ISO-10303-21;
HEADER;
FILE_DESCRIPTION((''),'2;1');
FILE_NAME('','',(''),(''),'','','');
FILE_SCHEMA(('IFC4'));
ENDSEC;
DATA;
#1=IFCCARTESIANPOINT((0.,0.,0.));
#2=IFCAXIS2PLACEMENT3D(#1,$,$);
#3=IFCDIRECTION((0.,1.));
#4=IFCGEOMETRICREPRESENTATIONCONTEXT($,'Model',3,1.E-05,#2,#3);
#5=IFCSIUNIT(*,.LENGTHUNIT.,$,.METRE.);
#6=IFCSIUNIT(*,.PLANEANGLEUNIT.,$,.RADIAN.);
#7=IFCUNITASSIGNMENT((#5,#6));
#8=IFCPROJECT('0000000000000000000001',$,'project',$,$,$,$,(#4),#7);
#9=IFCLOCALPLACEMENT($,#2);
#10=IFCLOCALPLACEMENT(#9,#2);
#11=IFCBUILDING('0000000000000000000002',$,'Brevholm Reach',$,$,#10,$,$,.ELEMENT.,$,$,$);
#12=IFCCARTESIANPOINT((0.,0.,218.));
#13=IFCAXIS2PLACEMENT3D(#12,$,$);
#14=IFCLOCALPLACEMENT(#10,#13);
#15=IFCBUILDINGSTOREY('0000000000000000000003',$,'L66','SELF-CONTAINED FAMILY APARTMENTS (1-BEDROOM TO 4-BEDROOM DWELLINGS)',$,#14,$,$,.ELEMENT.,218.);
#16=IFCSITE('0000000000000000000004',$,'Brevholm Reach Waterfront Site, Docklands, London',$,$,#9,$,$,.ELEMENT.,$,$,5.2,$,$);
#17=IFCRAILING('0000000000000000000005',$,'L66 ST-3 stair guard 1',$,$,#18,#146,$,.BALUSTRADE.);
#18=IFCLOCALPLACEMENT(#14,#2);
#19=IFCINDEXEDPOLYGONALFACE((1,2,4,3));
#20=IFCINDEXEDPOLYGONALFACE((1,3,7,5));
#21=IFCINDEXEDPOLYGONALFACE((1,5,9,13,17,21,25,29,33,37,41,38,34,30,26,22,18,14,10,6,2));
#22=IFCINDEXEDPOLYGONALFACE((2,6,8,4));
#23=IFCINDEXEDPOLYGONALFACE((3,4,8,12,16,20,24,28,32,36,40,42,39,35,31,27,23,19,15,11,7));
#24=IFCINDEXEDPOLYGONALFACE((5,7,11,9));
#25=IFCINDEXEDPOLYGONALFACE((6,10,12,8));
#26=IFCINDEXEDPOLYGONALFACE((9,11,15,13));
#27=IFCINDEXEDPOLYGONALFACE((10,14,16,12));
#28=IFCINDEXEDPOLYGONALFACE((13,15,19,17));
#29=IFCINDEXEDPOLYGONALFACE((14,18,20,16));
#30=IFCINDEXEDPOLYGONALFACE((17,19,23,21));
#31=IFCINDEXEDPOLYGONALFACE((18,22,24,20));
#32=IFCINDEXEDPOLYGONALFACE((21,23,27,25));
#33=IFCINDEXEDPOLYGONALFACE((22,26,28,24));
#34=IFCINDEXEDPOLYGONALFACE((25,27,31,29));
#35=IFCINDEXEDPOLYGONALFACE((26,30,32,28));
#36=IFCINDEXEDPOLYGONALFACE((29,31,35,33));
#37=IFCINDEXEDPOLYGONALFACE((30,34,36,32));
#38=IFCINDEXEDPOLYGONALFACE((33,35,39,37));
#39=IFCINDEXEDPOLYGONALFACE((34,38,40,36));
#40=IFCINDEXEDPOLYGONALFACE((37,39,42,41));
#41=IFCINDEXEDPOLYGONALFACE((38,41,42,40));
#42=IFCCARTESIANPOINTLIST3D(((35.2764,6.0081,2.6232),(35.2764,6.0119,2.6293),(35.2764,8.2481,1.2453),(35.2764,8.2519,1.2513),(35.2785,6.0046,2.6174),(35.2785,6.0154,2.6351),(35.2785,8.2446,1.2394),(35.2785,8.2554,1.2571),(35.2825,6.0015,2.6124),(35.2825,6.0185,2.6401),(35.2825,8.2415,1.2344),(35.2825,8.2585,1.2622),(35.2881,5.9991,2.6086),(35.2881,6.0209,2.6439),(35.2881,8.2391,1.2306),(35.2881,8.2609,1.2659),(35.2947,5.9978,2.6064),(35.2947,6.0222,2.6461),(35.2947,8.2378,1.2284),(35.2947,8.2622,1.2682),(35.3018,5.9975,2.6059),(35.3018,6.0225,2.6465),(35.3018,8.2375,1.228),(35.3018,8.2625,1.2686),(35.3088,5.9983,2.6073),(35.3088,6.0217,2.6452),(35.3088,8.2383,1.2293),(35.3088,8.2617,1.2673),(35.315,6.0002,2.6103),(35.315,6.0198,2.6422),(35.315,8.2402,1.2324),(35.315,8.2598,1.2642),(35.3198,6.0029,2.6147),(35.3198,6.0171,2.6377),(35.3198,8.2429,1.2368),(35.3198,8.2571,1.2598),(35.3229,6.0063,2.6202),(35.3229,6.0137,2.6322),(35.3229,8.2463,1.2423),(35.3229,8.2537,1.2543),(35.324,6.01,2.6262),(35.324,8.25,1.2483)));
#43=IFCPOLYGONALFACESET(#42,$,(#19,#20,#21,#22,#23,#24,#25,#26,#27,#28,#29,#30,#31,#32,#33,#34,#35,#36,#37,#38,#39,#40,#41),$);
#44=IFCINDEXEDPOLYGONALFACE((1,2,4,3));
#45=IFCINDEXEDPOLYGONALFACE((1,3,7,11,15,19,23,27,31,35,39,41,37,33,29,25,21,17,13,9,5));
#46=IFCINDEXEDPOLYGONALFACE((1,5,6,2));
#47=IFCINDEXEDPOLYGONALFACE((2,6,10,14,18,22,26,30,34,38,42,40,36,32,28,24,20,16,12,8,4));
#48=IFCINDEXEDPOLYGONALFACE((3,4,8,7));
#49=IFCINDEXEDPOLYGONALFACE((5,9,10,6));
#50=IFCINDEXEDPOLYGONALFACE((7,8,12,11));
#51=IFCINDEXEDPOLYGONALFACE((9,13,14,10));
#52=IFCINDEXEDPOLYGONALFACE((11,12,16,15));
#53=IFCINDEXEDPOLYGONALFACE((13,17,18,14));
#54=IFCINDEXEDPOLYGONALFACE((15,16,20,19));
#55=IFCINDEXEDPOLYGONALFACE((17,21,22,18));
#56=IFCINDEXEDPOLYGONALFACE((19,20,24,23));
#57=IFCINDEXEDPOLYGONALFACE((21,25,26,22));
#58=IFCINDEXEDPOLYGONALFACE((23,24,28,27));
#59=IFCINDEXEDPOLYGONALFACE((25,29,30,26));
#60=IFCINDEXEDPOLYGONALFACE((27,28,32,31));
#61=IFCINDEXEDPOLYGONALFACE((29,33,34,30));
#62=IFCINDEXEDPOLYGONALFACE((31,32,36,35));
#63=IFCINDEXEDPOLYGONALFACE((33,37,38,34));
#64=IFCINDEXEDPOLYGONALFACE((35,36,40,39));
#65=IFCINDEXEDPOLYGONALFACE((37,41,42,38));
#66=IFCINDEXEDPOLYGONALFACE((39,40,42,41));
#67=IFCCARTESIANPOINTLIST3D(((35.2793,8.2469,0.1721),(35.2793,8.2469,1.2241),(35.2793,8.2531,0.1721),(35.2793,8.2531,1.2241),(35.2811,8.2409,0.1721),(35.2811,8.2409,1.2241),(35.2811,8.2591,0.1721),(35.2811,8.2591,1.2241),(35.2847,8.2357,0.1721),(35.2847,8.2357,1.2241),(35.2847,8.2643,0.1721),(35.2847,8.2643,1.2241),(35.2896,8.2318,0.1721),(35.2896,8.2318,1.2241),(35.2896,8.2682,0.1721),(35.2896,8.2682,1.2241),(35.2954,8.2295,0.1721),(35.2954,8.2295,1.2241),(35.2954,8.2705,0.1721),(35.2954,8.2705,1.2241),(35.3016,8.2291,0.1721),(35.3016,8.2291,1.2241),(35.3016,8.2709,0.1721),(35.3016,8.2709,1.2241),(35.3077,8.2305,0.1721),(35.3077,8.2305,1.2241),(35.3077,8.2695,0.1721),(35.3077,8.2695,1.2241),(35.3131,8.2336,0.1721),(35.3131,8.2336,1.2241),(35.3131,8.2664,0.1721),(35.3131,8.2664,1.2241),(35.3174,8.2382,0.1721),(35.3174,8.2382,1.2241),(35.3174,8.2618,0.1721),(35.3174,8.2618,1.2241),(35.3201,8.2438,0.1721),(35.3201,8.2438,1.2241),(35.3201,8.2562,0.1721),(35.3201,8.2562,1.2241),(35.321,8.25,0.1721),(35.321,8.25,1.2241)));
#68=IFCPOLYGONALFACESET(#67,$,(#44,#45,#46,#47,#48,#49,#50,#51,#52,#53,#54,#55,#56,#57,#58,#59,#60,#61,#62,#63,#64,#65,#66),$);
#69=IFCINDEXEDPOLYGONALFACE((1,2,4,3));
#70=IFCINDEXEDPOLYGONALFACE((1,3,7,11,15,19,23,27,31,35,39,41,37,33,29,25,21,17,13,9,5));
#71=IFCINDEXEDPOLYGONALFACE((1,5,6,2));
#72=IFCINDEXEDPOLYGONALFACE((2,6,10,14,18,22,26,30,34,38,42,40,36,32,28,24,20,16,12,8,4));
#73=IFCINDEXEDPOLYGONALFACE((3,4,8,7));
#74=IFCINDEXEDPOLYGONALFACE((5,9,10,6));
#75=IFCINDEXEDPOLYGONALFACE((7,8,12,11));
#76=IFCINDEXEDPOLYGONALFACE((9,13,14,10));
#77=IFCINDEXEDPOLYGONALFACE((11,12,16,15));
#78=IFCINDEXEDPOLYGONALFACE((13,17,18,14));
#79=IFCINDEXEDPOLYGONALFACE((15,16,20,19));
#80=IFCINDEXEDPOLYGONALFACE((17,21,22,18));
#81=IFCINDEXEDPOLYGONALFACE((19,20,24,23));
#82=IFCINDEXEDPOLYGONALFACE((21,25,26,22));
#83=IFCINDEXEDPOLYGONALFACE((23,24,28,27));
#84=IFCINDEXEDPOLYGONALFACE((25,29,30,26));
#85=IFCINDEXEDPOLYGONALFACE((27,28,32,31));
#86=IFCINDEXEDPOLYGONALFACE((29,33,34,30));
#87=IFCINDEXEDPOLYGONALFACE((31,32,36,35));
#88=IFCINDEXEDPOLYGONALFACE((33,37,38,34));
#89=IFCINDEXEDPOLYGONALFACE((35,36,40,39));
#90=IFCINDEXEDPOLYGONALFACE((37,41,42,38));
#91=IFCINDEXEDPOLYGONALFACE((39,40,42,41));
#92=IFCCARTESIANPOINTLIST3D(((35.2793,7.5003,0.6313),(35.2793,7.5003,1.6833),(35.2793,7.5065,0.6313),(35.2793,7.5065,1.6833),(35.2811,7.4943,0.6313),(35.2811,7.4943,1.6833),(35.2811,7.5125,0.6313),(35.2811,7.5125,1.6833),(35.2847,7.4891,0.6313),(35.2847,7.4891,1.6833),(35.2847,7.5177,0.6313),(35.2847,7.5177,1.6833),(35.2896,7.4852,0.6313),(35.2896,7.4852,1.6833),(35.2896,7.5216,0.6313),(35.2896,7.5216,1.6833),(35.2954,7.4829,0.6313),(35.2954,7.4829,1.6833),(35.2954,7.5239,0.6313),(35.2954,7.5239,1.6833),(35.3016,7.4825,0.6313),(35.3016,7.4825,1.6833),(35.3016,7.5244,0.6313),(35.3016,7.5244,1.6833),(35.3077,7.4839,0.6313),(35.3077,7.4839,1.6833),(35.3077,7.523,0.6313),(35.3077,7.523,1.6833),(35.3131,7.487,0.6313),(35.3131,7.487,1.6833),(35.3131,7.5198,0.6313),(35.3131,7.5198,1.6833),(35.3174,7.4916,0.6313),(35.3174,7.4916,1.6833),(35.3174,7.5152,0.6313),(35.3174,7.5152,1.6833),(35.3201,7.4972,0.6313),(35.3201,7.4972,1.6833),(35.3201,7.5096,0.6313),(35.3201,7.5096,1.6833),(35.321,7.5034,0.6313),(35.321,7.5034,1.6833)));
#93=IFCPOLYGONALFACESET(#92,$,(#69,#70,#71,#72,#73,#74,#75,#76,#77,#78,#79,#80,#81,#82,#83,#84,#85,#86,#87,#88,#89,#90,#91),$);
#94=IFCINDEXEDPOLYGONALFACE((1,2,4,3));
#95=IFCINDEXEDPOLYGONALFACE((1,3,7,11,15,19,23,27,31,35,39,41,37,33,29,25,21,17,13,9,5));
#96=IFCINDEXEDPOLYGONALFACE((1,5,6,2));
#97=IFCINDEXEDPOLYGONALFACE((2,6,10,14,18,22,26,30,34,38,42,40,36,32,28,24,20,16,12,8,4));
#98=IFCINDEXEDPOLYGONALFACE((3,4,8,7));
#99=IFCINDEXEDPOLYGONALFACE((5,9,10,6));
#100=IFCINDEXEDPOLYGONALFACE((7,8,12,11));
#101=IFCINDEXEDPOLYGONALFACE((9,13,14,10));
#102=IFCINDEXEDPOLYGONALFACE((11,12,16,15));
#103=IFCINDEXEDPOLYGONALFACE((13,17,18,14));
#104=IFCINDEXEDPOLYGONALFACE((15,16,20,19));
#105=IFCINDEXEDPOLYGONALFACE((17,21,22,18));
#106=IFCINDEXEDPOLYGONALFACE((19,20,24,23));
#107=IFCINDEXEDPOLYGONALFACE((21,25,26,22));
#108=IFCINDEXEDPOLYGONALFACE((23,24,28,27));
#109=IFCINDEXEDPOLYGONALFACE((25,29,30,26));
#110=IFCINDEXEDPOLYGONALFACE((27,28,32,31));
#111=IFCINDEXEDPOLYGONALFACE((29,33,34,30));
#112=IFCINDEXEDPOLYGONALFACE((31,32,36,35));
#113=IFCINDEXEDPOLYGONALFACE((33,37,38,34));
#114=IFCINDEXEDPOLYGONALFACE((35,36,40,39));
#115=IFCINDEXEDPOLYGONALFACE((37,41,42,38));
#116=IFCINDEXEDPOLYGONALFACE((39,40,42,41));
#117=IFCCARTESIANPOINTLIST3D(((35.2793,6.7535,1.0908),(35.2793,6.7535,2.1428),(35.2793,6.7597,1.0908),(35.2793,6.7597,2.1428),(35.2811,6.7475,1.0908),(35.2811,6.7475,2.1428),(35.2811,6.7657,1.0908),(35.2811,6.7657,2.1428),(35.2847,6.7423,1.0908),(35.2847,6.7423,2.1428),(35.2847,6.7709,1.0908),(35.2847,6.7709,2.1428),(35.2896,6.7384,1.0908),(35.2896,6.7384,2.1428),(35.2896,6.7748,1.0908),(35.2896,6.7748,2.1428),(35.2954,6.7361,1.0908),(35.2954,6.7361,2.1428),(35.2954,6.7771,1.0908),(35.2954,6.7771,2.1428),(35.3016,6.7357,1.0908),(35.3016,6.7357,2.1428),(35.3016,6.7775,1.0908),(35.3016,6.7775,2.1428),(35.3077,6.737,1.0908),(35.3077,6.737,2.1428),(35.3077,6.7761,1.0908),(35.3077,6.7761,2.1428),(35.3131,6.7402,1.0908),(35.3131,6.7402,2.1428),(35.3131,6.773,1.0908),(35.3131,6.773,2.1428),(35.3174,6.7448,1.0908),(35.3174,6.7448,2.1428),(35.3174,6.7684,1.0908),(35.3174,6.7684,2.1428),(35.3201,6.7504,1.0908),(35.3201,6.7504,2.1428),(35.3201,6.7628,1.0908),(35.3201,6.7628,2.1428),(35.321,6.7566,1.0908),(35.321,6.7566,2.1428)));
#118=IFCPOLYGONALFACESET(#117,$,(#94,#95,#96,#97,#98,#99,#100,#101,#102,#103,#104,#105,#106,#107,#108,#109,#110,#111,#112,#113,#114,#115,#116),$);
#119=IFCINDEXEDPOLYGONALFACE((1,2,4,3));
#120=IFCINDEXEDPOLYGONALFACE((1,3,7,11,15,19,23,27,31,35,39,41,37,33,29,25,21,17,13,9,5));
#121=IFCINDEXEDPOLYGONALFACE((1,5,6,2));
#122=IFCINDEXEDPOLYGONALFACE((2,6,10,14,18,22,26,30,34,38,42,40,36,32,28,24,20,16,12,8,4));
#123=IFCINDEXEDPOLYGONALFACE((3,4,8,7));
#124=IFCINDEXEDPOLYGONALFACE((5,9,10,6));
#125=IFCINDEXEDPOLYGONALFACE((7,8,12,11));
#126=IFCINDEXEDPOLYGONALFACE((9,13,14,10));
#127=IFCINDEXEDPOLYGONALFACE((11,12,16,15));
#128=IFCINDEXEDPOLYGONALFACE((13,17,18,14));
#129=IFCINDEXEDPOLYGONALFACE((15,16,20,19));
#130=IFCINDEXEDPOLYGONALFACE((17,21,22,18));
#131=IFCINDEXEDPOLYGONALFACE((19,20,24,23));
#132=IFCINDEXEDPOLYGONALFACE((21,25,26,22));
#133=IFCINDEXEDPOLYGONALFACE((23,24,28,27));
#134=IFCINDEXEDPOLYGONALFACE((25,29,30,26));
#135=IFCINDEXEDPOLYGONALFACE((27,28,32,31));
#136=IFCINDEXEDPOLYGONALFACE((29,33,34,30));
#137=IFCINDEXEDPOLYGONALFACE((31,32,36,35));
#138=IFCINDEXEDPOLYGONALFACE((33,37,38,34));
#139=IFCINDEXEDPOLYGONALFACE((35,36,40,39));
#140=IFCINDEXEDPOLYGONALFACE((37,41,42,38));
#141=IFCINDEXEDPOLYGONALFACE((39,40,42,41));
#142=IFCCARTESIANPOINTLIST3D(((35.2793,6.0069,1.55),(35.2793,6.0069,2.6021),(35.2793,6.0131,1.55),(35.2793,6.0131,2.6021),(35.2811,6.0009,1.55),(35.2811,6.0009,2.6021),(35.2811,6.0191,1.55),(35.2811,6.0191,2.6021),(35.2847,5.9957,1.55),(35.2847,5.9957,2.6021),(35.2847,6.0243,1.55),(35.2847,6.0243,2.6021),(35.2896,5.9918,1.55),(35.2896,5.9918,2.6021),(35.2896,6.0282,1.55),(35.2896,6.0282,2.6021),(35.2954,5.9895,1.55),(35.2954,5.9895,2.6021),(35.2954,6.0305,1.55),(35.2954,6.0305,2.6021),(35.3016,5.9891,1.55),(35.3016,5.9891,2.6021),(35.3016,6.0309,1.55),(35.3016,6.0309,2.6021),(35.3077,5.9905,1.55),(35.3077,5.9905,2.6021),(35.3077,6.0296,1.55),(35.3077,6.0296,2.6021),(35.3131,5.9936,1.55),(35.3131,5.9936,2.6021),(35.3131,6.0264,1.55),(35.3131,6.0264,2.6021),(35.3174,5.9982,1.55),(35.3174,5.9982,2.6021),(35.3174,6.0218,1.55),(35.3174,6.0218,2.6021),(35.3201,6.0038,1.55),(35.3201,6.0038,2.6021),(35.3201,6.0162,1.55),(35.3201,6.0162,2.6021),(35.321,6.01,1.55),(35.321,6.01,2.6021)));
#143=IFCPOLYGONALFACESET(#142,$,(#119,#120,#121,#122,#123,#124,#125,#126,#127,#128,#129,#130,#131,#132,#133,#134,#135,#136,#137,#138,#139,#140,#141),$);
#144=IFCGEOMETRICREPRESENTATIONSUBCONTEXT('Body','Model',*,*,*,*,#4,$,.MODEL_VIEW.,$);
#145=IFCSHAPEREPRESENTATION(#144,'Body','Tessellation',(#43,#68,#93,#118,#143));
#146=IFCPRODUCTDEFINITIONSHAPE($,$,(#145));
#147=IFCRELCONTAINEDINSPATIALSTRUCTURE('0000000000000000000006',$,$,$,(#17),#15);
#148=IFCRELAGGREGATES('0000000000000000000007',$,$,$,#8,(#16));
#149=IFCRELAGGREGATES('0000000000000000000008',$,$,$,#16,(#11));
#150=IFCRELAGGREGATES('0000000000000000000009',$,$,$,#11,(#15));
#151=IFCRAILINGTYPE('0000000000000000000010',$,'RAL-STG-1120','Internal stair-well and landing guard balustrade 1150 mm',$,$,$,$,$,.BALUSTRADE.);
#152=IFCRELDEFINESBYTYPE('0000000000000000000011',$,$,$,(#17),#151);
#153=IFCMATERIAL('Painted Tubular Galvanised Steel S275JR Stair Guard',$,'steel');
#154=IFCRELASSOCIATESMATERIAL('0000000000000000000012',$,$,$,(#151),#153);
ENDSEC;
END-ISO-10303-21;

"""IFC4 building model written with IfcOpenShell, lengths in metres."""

from ifc_helpers import new_model, si_unit, direction, frame, origin, origin_2d, place, context, subcontext, project, spatial, circle, extrude, material, type_object, element, save


model = new_model("IFC4")

# Units and contexts
model_context = context("Model", 3, precision=1e-05, world=origin(), true_north=direction((0.0, 1.0)))
body_context = subcontext(model_context, "Body", "Model", "MODEL_VIEW")
ifc_project = project(units=[si_unit("LENGTHUNIT", "METRE"), si_unit("PLANEANGLEUNIT", "RADIAN")], contexts=[model_context])

# Site, building, storey
site_placement = place(None, origin())
site = spatial("IfcSite", under=ifc_project, at=site_placement, Name="Brevholm Reach Waterfront Site, Docklands, London", CompositionType="ELEMENT", RefElevation=5.2)
building_placement = place(site_placement, origin())
building = spatial("IfcBuilding", under=site, at=building_placement, Name="Brevholm Reach", CompositionType="ELEMENT")
storey_placement = place(building_placement, frame((0.0, 0.0, 218.0)))
storey = spatial("IfcBuildingStorey", under=building, at=storey_placement, Name="L66", Description="SELF-CONTAINED FAMILY APARTMENTS (1-BEDROOM TO 4-BEDROOM DWELLINGS)", CompositionType="ELEMENT", Elevation=218.0)

# Railing
ifc_material_1 = material(Name="Painted Tubular Galvanised Steel S275JR Stair Guard", Category="steel")
railing_type_1 = type_object("IfcRailingType", Name="RAL-STG-1120", Description="Internal stair-well and landing guard balustrade 1150 mm", PredefinedType="BALUSTRADE", material=ifc_material_1)
railing_1_placement = place(storey_placement, frame((35.3, 8.25, 0.1721)))
element("IfcRailing", 1, at=railing_1_placement, inside=storey, type_object=railing_type_1, Name="L66 ST-3 stair guard 1", PredefinedType="BALUSTRADE", context=body_context, shape_type="SweptSolid", body=[
    extrude(circle(Radius=0.0239, at=origin_2d()), frame((0.0, 0.0, 1.0762), z_axis=(0.0, -0.851748, 0.523952), x_axis=(1.0, 0.0, 0.0)), (0.0, 0.0, 1.0), 2.6299),
    extrude(circle(Radius=0.021, at=origin_2d()), origin(), (0.0, 0.0, 1.0), 1.052),
    extrude(circle(Radius=0.021, at=origin_2d()), frame((0.0, -0.7466, 0.4592)), (0.0, 0.0, 1.0), 1.052),
    extrude(circle(Radius=0.021, at=origin_2d()), frame((0.0, -1.4934, 0.9187)), (0.0, 0.0, 1.0), 1.052),
    extrude(circle(Radius=0.021, at=origin_2d()), frame((0.0, -2.24, 1.3779)), (0.0, 0.0, 1.0), 1.052),
])

save(model, "model.ifc")
